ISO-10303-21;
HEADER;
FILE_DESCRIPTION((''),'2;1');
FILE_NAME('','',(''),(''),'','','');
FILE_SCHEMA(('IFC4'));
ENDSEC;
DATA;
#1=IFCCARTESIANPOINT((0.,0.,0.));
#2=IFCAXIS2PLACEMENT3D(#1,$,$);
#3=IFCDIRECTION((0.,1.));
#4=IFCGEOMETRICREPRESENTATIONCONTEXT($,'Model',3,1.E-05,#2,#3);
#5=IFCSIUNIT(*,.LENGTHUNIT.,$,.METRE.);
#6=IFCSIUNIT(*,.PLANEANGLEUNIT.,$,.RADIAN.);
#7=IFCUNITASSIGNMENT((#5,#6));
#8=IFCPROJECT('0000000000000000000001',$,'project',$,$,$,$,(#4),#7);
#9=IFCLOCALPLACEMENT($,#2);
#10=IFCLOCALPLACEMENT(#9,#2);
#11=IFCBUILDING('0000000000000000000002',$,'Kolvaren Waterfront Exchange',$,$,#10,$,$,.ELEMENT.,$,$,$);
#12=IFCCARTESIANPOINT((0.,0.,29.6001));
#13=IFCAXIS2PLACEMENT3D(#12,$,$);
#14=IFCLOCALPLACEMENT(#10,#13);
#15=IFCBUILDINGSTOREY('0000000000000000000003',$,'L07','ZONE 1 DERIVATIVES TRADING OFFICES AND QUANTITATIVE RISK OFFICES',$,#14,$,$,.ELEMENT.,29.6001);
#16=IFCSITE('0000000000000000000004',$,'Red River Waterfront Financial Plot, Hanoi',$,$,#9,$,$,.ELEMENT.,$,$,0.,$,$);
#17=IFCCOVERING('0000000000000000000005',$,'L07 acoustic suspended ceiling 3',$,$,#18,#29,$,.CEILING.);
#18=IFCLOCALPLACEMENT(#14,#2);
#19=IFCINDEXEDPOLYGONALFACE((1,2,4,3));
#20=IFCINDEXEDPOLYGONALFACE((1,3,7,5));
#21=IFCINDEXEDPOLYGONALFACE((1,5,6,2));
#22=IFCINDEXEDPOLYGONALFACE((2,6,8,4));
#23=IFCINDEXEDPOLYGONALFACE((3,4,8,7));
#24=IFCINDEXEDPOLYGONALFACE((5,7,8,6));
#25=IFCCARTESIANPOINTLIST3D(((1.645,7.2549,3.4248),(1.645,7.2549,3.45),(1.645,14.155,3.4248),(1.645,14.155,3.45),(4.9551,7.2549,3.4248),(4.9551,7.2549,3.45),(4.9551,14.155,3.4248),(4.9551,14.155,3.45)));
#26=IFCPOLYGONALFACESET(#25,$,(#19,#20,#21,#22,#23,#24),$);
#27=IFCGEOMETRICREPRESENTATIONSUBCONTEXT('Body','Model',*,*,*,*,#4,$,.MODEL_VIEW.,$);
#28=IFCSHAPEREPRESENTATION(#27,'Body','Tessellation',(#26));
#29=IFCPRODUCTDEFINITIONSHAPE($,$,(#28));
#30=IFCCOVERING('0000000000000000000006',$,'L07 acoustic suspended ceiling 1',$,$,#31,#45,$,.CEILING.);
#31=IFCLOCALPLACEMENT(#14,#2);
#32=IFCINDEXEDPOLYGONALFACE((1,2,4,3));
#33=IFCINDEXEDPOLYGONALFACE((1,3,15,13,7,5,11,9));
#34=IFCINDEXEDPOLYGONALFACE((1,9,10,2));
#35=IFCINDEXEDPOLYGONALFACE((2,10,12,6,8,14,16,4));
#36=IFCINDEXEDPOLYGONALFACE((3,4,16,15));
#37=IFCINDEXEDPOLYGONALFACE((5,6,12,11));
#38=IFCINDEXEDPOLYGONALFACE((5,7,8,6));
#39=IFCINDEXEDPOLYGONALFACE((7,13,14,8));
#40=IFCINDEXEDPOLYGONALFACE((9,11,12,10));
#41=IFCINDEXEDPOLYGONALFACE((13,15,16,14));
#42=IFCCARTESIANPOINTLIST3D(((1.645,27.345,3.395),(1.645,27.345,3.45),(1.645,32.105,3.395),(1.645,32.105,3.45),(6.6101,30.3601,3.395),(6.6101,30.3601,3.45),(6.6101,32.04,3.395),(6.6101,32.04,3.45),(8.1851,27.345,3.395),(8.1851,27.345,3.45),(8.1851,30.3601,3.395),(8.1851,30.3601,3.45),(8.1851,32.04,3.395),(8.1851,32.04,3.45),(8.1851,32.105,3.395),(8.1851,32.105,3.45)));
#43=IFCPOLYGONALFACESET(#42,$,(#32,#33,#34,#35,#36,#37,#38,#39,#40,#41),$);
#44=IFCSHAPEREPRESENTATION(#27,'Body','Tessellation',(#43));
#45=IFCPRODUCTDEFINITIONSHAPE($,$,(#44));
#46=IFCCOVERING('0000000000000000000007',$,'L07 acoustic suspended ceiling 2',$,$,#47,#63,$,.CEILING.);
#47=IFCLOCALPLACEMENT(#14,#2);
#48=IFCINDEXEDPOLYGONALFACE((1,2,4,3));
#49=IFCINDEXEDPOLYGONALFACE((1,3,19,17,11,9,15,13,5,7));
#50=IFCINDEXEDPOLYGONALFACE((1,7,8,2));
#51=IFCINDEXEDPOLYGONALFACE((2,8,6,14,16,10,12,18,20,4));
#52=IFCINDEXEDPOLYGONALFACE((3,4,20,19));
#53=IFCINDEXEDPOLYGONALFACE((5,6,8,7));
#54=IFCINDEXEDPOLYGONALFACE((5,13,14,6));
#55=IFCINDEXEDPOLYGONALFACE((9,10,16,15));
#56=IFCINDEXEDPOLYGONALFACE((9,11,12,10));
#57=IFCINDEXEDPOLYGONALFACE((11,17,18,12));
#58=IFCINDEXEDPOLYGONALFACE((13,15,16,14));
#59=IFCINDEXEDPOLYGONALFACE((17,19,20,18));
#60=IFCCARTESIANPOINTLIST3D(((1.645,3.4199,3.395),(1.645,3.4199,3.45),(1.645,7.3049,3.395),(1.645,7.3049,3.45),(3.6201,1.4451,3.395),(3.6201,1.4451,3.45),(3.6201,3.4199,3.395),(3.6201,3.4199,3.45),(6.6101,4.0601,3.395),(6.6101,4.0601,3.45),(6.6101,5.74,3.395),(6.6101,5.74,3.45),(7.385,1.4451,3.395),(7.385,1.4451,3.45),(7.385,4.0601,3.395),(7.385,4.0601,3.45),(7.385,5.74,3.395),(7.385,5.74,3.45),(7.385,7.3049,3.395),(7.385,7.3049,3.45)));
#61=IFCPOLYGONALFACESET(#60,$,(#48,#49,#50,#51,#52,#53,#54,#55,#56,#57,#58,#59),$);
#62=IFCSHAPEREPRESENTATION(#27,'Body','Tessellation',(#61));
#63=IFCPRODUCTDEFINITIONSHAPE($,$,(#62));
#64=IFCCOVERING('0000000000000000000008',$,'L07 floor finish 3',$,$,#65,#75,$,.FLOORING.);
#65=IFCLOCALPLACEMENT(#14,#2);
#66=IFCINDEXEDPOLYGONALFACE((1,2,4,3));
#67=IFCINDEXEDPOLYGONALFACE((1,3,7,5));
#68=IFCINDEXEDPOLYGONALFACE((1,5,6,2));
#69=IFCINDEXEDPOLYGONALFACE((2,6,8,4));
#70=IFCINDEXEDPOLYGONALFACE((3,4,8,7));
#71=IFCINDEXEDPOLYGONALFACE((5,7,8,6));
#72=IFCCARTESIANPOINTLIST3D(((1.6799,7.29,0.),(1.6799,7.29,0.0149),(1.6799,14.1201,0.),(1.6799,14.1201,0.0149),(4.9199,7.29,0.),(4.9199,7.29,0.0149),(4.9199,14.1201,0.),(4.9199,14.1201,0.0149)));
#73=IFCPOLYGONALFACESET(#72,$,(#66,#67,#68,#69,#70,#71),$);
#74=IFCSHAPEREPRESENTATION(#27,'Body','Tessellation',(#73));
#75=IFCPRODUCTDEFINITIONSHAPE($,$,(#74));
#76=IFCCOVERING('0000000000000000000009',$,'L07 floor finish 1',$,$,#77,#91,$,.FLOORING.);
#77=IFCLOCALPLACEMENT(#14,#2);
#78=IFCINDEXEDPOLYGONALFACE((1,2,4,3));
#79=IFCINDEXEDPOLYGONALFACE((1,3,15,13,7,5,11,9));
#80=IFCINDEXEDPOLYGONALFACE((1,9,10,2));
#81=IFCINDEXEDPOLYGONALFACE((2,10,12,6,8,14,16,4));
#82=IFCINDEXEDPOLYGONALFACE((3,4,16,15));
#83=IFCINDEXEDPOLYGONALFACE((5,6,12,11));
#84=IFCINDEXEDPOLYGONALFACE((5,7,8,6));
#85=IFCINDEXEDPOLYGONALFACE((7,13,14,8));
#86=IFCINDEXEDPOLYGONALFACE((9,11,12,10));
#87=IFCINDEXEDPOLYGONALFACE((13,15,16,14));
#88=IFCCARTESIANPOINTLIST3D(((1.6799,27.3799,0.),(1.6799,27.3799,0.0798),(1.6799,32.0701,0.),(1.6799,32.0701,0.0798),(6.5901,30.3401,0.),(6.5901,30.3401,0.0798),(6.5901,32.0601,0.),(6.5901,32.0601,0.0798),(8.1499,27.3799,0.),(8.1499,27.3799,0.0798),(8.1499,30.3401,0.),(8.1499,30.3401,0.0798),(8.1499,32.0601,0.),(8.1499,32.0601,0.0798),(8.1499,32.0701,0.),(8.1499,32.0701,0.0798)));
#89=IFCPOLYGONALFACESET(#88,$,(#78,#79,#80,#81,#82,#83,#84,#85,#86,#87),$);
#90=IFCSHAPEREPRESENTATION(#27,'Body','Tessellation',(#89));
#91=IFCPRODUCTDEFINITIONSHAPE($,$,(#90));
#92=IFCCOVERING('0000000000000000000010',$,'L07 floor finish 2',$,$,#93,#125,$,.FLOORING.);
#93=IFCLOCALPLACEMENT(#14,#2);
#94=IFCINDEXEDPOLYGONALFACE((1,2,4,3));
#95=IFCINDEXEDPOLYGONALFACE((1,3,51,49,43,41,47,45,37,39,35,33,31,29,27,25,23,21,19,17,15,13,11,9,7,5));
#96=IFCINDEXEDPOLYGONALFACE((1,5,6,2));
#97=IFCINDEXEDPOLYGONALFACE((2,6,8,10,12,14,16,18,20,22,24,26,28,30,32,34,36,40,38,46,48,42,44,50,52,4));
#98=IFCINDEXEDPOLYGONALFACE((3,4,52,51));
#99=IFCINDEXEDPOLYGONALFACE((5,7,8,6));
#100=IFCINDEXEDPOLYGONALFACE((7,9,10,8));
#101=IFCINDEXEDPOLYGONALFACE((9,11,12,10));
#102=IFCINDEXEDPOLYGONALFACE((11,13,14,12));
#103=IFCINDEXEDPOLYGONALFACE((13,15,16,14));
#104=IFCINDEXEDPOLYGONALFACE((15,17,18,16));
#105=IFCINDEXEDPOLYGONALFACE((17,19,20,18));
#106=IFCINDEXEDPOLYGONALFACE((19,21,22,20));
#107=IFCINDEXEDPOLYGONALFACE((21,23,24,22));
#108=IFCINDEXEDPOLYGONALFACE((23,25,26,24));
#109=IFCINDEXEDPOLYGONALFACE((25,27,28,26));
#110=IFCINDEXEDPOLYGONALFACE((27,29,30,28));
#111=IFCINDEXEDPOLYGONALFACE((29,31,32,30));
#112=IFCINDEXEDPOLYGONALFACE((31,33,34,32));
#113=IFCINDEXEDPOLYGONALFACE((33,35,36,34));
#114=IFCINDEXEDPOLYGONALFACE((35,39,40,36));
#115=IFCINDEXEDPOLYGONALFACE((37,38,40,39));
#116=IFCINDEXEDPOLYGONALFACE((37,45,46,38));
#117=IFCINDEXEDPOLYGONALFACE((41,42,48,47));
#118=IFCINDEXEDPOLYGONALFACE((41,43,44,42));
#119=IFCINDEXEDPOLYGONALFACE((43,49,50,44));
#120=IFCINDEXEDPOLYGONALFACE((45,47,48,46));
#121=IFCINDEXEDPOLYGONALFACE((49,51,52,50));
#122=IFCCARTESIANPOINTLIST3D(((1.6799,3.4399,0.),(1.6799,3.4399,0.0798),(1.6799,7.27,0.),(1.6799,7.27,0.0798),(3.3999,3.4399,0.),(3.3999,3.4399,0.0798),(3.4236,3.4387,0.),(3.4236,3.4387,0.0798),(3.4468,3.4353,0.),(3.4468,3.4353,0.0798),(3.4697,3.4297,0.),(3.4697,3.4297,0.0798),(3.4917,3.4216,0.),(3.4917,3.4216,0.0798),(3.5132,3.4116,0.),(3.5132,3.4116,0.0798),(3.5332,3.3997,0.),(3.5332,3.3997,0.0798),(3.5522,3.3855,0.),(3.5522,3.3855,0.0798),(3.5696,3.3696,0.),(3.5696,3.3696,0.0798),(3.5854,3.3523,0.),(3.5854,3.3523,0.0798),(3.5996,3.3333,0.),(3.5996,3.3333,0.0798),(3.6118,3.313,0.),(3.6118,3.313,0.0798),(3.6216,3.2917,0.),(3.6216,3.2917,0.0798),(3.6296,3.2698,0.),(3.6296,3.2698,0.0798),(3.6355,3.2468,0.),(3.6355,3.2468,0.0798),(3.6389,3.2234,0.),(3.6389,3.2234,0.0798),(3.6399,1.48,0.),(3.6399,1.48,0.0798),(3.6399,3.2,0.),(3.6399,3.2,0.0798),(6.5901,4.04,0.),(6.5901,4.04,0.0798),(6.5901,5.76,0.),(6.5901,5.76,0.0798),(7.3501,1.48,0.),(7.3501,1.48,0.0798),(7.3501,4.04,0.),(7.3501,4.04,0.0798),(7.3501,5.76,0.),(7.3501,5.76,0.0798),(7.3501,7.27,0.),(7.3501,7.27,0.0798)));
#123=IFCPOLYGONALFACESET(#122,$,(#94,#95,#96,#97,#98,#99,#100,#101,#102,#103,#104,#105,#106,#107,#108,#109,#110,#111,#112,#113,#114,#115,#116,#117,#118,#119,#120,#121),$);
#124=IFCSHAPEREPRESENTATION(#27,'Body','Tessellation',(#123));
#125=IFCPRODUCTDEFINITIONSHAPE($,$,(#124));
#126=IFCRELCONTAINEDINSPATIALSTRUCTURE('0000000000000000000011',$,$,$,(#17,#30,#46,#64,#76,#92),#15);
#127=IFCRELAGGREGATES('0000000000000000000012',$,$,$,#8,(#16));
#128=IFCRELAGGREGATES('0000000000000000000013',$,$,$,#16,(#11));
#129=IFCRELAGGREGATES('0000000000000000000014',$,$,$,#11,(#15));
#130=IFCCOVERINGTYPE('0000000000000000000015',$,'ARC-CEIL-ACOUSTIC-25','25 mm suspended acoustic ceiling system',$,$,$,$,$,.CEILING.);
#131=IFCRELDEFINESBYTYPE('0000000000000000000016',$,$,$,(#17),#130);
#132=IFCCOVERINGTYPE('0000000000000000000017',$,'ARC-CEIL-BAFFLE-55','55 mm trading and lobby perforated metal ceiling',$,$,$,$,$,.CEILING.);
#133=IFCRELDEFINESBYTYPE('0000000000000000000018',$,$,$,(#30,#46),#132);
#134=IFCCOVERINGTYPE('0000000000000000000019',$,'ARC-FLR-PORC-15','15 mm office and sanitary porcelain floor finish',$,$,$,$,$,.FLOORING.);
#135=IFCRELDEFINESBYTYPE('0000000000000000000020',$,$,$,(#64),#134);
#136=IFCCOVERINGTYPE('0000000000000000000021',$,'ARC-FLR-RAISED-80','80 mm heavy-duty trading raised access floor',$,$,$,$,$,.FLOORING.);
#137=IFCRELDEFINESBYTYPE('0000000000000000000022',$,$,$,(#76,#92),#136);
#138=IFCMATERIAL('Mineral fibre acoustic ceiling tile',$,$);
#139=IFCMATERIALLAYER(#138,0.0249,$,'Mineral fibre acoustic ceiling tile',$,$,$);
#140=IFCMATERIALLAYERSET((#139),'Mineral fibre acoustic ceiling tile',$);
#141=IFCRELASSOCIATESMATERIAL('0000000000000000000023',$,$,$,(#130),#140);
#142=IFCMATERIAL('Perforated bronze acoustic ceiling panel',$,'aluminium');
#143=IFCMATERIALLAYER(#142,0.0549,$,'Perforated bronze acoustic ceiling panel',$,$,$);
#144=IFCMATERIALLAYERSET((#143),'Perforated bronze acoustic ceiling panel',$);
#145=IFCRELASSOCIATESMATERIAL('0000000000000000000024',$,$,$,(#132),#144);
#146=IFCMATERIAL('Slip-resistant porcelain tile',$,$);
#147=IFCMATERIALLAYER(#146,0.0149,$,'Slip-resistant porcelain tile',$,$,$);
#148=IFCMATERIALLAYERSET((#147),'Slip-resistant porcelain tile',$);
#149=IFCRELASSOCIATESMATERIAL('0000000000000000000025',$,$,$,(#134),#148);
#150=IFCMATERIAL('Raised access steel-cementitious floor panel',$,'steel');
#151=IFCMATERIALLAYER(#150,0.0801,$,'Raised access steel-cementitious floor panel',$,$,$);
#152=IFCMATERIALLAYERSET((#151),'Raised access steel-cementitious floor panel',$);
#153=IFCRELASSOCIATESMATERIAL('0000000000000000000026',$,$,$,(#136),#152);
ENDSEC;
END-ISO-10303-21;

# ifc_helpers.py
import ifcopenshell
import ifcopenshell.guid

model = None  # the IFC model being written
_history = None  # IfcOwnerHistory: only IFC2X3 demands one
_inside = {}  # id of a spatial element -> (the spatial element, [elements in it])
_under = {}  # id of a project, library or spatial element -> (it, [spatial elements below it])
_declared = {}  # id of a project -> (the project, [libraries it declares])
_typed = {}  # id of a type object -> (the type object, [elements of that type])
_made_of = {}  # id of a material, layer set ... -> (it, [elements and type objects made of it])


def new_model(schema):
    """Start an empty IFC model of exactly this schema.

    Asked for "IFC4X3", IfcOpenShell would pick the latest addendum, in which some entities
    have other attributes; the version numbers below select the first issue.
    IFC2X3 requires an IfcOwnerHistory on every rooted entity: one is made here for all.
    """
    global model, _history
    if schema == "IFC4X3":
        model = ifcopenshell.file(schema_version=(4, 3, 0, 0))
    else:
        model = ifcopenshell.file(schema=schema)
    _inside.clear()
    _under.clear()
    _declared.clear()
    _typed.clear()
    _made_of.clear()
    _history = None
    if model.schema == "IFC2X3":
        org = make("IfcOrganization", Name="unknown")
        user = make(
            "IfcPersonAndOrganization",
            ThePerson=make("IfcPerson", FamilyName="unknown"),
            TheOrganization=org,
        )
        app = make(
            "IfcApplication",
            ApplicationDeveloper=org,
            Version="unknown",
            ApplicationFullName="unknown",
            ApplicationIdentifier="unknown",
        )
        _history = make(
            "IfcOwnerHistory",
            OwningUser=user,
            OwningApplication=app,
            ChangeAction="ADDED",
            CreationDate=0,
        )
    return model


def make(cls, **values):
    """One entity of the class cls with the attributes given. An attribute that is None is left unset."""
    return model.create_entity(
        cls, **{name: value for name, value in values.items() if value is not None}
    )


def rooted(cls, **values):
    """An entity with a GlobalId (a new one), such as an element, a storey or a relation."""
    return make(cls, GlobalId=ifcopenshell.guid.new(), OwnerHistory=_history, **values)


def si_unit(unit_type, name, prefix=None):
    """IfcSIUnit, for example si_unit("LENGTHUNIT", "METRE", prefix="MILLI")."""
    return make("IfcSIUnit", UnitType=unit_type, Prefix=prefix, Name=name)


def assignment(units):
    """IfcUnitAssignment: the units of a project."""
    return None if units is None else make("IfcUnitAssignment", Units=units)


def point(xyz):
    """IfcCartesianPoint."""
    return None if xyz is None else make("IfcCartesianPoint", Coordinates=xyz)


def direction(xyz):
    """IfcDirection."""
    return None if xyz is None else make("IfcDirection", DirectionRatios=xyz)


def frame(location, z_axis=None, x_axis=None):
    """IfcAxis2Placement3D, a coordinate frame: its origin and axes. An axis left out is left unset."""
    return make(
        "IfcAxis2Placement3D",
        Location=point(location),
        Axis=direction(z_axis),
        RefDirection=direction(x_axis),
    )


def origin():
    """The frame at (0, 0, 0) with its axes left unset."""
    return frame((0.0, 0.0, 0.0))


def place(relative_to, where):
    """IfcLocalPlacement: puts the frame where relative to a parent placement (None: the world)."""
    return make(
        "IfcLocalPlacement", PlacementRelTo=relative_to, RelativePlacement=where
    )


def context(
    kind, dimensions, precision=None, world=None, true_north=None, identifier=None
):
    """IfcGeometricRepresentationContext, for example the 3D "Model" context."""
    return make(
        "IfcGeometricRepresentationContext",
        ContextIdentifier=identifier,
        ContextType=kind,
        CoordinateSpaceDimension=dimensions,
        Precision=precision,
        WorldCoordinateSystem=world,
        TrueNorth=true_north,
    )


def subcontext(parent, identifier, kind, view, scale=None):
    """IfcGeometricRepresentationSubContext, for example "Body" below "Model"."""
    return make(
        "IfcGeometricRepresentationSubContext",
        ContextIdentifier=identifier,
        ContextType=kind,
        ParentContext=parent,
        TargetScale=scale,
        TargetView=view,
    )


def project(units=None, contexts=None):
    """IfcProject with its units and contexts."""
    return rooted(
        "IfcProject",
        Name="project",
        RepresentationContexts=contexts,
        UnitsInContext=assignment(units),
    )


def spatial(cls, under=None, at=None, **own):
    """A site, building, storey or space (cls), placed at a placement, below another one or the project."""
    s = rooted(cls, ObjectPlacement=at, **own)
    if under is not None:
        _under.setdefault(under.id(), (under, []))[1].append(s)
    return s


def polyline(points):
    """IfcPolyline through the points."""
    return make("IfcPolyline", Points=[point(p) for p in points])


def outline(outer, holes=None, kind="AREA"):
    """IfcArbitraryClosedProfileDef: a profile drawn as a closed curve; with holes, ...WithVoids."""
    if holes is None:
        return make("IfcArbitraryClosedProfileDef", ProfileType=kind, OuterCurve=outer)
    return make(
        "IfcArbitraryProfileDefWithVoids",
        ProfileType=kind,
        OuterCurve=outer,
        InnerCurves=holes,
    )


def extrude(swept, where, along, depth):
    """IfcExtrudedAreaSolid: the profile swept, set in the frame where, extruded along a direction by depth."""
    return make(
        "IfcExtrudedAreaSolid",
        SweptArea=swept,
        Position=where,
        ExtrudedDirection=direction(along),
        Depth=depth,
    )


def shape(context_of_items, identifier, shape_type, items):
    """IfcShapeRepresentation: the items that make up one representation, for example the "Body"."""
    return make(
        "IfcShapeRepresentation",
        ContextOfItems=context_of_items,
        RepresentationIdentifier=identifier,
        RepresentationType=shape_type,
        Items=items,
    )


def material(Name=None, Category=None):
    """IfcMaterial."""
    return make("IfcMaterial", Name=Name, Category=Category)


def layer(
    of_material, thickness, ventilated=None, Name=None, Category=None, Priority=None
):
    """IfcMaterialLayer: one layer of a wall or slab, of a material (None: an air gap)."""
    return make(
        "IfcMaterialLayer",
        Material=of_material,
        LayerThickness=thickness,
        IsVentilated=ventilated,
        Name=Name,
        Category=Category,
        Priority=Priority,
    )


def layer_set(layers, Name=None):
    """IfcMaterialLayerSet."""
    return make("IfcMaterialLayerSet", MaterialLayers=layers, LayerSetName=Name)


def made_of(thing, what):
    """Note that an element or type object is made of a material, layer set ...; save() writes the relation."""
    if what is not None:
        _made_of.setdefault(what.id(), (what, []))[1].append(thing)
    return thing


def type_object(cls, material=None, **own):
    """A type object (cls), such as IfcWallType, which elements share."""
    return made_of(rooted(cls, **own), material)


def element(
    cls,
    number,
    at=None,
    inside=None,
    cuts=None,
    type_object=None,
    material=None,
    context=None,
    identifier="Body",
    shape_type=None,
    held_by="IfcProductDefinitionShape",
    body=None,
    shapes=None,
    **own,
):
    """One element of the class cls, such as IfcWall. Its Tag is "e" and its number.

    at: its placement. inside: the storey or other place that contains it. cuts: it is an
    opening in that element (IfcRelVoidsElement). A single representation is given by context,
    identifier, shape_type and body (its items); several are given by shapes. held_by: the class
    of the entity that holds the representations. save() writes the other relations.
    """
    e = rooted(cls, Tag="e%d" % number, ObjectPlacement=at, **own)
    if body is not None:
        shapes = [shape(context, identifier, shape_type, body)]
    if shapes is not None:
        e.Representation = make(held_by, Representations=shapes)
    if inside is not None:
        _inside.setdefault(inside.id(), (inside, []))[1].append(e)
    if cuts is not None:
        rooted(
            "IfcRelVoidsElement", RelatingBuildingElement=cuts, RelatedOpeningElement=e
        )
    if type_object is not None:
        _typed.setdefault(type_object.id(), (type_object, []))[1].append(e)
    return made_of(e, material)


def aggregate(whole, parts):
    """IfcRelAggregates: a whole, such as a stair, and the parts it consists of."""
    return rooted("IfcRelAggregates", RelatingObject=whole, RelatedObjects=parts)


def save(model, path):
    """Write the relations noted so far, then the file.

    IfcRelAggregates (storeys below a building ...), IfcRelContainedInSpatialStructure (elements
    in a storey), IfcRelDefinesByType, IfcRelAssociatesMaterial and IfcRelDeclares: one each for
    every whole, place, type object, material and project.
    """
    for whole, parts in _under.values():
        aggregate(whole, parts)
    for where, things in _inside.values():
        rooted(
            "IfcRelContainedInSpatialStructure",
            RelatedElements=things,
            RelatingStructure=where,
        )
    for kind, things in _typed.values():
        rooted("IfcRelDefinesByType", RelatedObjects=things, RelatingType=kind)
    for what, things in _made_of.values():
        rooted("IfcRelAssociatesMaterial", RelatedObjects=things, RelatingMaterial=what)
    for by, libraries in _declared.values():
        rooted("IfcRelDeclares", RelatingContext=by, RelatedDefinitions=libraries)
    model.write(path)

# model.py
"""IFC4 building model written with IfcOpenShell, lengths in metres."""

from ifc_helpers import new_model, si_unit, direction, frame, origin, place, context, subcontext, project, spatial, polyline, outline, extrude, material, layer, layer_set, type_object, element, save


model = new_model("IFC4")

# Units and contexts
model_context = context("Model", 3, precision=1e-05, world=origin(), true_north=direction((0.0, 1.0)))
body_context = subcontext(model_context, "Body", "Model", "MODEL_VIEW")
ifc_project = project(units=[si_unit("LENGTHUNIT", "METRE"), si_unit("PLANEANGLEUNIT", "RADIAN")], contexts=[model_context])

# Site, building, storey
site_placement = place(None, origin())
site = spatial("IfcSite", under=ifc_project, at=site_placement, Name="Red River Waterfront Financial Plot, Hanoi", CompositionType="ELEMENT", RefElevation=0.0)
building_placement = place(site_placement, origin())
building = spatial("IfcBuilding", under=site, at=building_placement, Name="Kolvaren Waterfront Exchange", CompositionType="ELEMENT")
storey_placement = place(building_placement, frame((0.0, 0.0, 29.6001)))
storey = spatial("IfcBuildingStorey", under=building, at=storey_placement, Name="L07", Description="ZONE 1 DERIVATIVES TRADING OFFICES AND QUANTITATIVE RISK OFFICES", CompositionType="ELEMENT", Elevation=29.6001)

# Coverings
ifc_material_1 = material(Name="Mineral fibre acoustic ceiling tile")
ifc_layer_1 = layer(ifc_material_1, 0.0249, Name="Mineral fibre acoustic ceiling tile")
ifc_layer_set_1 = layer_set([ifc_layer_1], Name="Mineral fibre acoustic ceiling tile")
covering_type_1 = type_object("IfcCoveringType", Name="ARC-CEIL-ACOUSTIC-25", Description="25 mm suspended acoustic ceiling system", PredefinedType="CEILING", material=ifc_layer_set_1)
covering_1_placement = place(storey_placement, frame((0.0, 0.0, 3.4248)))
element("IfcCovering", 1, at=covering_1_placement, inside=storey, type_object=covering_type_1, Name="L07 acoustic suspended ceiling 3", PredefinedType="CEILING", context=body_context, shape_type="SweptSolid", body=[
    extrude(outline(polyline([(1.645, 7.2549), (4.9551, 7.2549), (4.9551, 14.155), (1.645, 14.155), (1.645, 7.2549)])), origin(), (0.0, 0.0, 1.0), 0.0251),
])
ifc_material_2 = material(Name="Perforated bronze acoustic ceiling panel", Category="aluminium")
ifc_layer_2 = layer(ifc_material_2, 0.0549, Name="Perforated bronze acoustic ceiling panel")
ifc_layer_set_2 = layer_set([ifc_layer_2], Name="Perforated bronze acoustic ceiling panel")
covering_type_2 = type_object("IfcCoveringType", Name="ARC-CEIL-BAFFLE-55", Description="55 mm trading and lobby perforated metal ceiling", PredefinedType="CEILING", material=ifc_layer_set_2)
covering_2_placement = place(storey_placement, frame((0.0, 0.0, 3.395)))
element("IfcCovering", 2, at=covering_2_placement, inside=storey, type_object=covering_type_2, Name="L07 acoustic suspended ceiling 1", PredefinedType="CEILING", context=body_context, shape_type="SweptSolid", body=[
    extrude(outline(polyline([(8.1851, 30.3601), (6.6101, 30.3601), (6.6101, 32.04), (8.1851, 32.04), (8.1851, 32.105), (1.645, 32.105), (1.645, 27.345), (8.1851, 27.345), (8.1851, 30.3601)])), origin(), (0.0, 0.0, 1.0), 0.0549),
])
covering_3_placement = place(storey_placement, frame((0.0, 0.0, 3.395)))
element("IfcCovering", 3, at=covering_3_placement, inside=storey, type_object=covering_type_2, Name="L07 acoustic suspended ceiling 2", PredefinedType="CEILING", context=body_context, shape_type="SweptSolid", body=[
    extrude(outline(polyline([(7.385, 4.0601), (6.6101, 4.0601), (6.6101, 5.74), (7.385, 5.74), (7.385, 7.3049), (1.645, 7.3049), (1.645, 3.4199), (3.6201, 3.4199), (3.6201, 1.4451), (7.385, 1.4451), (7.385, 4.0601)])), origin(), (0.0, 0.0, 1.0), 0.0549),
])
ifc_material_3 = material(Name="Slip-resistant porcelain tile")
ifc_layer_3 = layer(ifc_material_3, 0.0149, Name="Slip-resistant porcelain tile")
ifc_layer_set_3 = layer_set([ifc_layer_3], Name="Slip-resistant porcelain tile")
covering_type_3 = type_object("IfcCoveringType", Name="ARC-FLR-PORC-15", Description="15 mm office and sanitary porcelain floor finish", PredefinedType="FLOORING", material=ifc_layer_set_3)
covering_4_placement = place(storey_placement, origin())
element("IfcCovering", 4, at=covering_4_placement, inside=storey, type_object=covering_type_3, Name="L07 floor finish 3", PredefinedType="FLOORING", context=body_context, shape_type="SweptSolid", body=[
    extrude(outline(polyline([(4.9199, 14.1201), (1.6799, 14.1201), (1.6799, 7.29), (4.9199, 7.29), (4.9199, 14.1201)])), origin(), (0.0, 0.0, 1.0), 0.0149),
])
ifc_material_4 = material(Name="Raised access steel-cementitious floor panel", Category="steel")
ifc_layer_4 = layer(ifc_material_4, 0.0801, Name="Raised access steel-cementitious floor panel")
ifc_layer_set_4 = layer_set([ifc_layer_4], Name="Raised access steel-cementitious floor panel")
covering_type_4 = type_object("IfcCoveringType", Name="ARC-FLR-RAISED-80", Description="80 mm heavy-duty trading raised access floor", PredefinedType="FLOORING", material=ifc_layer_set_4)
covering_5_placement = place(storey_placement, origin())
element("IfcCovering", 5, at=covering_5_placement, inside=storey, type_object=covering_type_4, Name="L07 floor finish 1", PredefinedType="FLOORING", context=body_context, shape_type="SweptSolid", body=[
    extrude(outline(polyline([(1.6799, 32.0701), (1.6799, 27.3799), (8.1499, 27.3799), (8.1499, 30.3401), (6.5901, 30.3401), (6.5901, 32.0601), (8.1499, 32.0601), (8.1499, 32.0701), (1.6799, 32.0701)])), origin(), (0.0, 0.0, 1.0), 0.0798),
])
covering_6_placement = place(storey_placement, origin())
element("IfcCovering", 6, at=covering_6_placement, inside=storey, type_object=covering_type_4, Name="L07 floor finish 2", PredefinedType="FLOORING", context=body_context, shape_type="SweptSolid", body=[
    extrude(outline(polyline([(7.3501, 7.27), (1.6799, 7.27), (1.6799, 3.4399), (3.3999, 3.4399), (3.4236, 3.4387), (3.4468, 3.4353), (3.4697, 3.4297), (3.4917, 3.4216), (3.5132, 3.4116), (3.5332, 3.3997), (3.5522, 3.3855), (3.5696, 3.3696), (3.5854, 3.3523), (3.5996, 3.3333), (3.6118, 3.313), (3.6216, 3.2917), (3.6296, 3.2698), (3.6355, 3.2468), (3.6389, 3.2234), (3.6399, 3.2), (3.6399, 1.48), (7.3501, 1.48), (7.3501, 4.04), (6.5901, 4.04), (6.5901, 5.76), (7.3501, 5.76), (7.3501, 7.27)])), origin(), (0.0, 0.0, 1.0), 0.0798),
])

save(model, "model.ifc")
